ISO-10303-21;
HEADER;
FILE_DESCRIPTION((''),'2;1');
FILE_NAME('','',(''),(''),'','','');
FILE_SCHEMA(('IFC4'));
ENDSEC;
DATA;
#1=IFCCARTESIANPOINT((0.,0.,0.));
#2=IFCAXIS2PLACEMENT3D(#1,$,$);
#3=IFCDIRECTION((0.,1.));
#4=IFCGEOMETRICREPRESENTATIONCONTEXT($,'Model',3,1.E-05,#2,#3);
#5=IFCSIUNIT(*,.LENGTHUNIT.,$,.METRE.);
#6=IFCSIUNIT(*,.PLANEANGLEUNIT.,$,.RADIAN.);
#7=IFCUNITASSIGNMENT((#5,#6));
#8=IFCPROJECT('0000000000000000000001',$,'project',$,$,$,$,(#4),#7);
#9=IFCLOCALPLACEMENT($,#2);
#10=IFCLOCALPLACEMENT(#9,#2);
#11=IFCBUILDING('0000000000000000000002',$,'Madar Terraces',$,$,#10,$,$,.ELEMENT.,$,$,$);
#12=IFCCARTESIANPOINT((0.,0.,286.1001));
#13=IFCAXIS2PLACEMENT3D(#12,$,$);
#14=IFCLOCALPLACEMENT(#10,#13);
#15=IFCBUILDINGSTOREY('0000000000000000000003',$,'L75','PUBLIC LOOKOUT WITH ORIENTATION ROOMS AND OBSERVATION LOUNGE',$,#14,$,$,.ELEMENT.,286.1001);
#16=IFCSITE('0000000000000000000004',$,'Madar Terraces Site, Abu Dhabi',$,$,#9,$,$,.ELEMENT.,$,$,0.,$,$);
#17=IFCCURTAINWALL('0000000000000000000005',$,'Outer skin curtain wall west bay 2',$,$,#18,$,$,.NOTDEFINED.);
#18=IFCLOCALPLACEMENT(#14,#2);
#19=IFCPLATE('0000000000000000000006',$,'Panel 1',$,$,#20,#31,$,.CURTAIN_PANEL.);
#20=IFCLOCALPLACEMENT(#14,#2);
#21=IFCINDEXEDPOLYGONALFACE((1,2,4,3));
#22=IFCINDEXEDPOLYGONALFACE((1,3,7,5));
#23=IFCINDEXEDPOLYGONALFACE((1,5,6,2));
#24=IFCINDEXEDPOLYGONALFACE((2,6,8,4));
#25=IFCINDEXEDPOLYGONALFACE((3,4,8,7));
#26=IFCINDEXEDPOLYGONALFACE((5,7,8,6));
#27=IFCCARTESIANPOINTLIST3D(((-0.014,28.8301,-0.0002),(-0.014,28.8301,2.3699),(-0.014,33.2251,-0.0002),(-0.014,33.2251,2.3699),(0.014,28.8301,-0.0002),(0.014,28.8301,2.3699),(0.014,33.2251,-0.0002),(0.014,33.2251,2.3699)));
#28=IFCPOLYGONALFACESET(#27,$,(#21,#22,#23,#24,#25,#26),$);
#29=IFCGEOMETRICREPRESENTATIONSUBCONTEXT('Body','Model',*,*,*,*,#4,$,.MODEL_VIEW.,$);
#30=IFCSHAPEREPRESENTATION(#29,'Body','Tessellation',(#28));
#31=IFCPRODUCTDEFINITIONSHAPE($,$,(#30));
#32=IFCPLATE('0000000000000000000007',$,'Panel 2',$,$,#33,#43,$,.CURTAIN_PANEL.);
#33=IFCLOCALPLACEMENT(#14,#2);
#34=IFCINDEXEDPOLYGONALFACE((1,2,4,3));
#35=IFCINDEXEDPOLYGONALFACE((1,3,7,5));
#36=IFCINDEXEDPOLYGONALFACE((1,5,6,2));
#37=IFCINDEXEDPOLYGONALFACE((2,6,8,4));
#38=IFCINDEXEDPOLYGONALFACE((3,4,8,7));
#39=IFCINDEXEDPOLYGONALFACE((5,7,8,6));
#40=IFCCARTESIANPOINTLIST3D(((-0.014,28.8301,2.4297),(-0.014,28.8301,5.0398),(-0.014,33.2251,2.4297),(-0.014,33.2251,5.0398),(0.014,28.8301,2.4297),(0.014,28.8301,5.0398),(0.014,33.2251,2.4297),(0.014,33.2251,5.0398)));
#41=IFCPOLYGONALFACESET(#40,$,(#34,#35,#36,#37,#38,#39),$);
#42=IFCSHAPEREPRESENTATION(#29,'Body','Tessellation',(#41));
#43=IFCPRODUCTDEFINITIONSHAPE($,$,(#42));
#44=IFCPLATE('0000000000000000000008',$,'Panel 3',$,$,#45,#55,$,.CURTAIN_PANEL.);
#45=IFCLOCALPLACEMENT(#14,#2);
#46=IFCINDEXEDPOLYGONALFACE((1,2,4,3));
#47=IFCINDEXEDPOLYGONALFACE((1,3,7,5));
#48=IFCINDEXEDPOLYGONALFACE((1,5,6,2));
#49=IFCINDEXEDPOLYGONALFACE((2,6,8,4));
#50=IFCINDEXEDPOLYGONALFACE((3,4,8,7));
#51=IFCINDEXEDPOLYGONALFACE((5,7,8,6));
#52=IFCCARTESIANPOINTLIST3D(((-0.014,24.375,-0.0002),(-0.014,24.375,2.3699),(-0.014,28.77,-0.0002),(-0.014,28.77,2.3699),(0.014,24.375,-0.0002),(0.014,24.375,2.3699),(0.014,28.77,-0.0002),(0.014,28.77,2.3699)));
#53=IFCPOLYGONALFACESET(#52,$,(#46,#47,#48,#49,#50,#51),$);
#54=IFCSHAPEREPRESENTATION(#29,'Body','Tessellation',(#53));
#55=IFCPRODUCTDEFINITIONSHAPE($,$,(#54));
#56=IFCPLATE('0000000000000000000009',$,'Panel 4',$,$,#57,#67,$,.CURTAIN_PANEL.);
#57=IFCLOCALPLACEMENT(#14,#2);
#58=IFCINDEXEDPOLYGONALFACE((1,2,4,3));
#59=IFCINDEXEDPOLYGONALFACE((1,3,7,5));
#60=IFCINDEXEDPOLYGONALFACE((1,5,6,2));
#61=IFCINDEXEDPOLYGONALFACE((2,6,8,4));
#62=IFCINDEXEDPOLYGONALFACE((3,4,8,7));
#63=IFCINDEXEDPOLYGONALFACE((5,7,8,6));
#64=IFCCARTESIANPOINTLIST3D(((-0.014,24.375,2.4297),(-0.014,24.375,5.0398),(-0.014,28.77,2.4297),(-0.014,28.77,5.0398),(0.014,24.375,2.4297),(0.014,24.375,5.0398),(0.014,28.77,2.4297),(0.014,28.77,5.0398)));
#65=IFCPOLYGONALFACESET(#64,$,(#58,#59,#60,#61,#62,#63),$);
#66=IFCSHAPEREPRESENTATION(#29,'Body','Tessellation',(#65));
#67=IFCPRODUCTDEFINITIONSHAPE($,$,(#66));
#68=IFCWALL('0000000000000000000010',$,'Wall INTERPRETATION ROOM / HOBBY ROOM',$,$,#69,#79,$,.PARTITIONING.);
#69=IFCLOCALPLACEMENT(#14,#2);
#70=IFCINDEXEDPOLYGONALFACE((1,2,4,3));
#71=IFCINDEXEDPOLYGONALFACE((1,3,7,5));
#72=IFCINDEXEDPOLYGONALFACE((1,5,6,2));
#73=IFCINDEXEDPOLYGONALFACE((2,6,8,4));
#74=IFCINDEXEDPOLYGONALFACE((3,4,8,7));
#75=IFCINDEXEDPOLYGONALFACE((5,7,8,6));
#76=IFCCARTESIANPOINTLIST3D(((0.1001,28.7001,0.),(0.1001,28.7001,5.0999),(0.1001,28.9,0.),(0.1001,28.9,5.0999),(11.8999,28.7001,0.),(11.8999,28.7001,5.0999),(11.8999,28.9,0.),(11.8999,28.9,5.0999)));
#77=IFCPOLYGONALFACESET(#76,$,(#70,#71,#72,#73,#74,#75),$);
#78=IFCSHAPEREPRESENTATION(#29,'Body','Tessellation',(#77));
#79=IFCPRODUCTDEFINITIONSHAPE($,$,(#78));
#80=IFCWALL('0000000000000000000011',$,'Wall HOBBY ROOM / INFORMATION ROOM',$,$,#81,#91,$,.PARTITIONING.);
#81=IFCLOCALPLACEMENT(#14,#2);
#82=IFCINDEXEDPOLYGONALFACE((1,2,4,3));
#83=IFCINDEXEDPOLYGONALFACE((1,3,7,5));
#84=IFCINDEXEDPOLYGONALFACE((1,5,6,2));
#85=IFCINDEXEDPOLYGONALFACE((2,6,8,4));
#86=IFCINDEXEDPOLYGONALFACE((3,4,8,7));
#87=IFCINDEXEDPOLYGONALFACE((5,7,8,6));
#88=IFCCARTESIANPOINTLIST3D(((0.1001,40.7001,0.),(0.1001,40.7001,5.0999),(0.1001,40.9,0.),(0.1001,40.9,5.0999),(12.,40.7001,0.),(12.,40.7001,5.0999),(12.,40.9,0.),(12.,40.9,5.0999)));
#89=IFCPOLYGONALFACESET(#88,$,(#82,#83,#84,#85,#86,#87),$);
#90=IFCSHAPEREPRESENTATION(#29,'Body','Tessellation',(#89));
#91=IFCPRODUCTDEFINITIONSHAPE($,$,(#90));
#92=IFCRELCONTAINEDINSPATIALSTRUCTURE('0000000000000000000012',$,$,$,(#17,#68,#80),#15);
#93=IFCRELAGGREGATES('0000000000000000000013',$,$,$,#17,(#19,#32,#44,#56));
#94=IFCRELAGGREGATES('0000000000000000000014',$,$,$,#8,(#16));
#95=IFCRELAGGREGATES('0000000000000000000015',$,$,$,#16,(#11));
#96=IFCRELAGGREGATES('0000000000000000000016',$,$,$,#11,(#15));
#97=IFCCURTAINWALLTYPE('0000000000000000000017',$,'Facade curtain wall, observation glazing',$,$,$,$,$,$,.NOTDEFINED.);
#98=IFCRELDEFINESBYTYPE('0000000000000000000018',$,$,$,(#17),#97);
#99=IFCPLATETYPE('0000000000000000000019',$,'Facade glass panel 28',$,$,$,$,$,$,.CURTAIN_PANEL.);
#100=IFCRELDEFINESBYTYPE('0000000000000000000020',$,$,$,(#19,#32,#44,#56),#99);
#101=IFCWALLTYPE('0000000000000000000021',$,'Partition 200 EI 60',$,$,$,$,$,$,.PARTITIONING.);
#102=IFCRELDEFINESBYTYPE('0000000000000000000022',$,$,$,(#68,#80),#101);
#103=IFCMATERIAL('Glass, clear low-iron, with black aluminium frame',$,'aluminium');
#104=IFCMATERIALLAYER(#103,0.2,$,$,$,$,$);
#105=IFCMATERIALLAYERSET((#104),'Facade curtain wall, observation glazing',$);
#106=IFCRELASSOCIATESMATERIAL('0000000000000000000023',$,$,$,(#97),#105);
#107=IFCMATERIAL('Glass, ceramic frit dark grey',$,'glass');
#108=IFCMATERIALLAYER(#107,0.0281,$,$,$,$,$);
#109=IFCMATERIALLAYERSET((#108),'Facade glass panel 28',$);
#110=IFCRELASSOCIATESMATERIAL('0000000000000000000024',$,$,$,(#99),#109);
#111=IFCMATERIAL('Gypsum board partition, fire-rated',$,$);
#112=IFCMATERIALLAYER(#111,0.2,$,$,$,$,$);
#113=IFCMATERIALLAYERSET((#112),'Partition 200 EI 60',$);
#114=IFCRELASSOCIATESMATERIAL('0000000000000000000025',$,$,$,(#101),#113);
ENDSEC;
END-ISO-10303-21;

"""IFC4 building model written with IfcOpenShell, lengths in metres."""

from ifc_helpers import new_model, si_unit, direction, frame, frame_2d, origin, origin_2d, place, context, subcontext, project, spatial, rectangle, extrude, material, layer, layer_set, type_object, element, aggregate, save


model = new_model("IFC4")

# Units and contexts
model_context = context("Model", 3, precision=1e-05, world=origin(), true_north=direction((0.0, 1.0)))
body_context = subcontext(model_context, "Body", "Model", "MODEL_VIEW")
ifc_project = project(units=[si_unit("LENGTHUNIT", "METRE"), si_unit("PLANEANGLEUNIT", "RADIAN")], contexts=[model_context])

# Site, building, storey
site_placement = place(None, origin())
site = spatial("IfcSite", under=ifc_project, at=site_placement, Name="Madar Terraces Site, Abu Dhabi", CompositionType="ELEMENT", RefElevation=0.0)
building_placement = place(site_placement, origin())
building = spatial("IfcBuilding", under=site, at=building_placement, Name="Madar Terraces", CompositionType="ELEMENT")
storey_placement = place(building_placement, frame((0.0, 0.0, 286.1001)))
storey = spatial("IfcBuildingStorey", under=building, at=storey_placement, Name="L75", Description="PUBLIC LOOKOUT WITH ORIENTATION ROOMS AND OBSERVATION LOUNGE", CompositionType="ELEMENT", Elevation=286.1001)

# Curtain wall
ifc_material_1 = material(Name="Glass, clear low-iron, with black aluminium frame", Category="aluminium")
ifc_layer_1 = layer(ifc_material_1, 0.2)
ifc_layer_set_1 = layer_set([ifc_layer_1], Name="Facade curtain wall, observation glazing")
curtain_wall_type = type_object("IfcCurtainWallType", Name="Facade curtain wall, observation glazing", PredefinedType="NOTDEFINED", material=ifc_layer_set_1)
curtain_wall_1_placement = place(storey_placement, origin())
curtain_wall_1 = element("IfcCurtainWall", 1, at=curtain_wall_1_placement, inside=storey, type_object=curtain_wall_type, Name="Outer skin curtain wall west bay 2", PredefinedType="NOTDEFINED")

# Plates
ifc_material_2 = material(Name="Glass, ceramic frit dark grey", Category="glass")
ifc_layer_2 = layer(ifc_material_2, 0.0281)
ifc_layer_set_2 = layer_set([ifc_layer_2], Name="Facade glass panel 28")
plate_type = type_object("IfcPlateType", Name="Facade glass panel 28", PredefinedType="CURTAIN_PANEL", material=ifc_layer_set_2)
plate_1_placement = place(storey_placement, frame((0.0, 31.0276, -0.0002), z_axis=(0.0, 0.0, 1.0), x_axis=(0.0, -1.0, 0.0)))
plate_1 = element("IfcPlate", 2, at=plate_1_placement, type_object=plate_type, Name="Panel 1", PredefinedType="CURTAIN_PANEL", context=body_context, shape_type="SweptSolid", body=[
    extrude(rectangle(XDim=4.395, YDim=0.0281, at=origin_2d()), origin(), (0.0, 0.0, 1.0), 2.3701),
])
plate_2_placement = place(storey_placement, frame((0.0, 31.0276, 2.4297), z_axis=(0.0, 0.0, 1.0), x_axis=(0.0, -1.0, 0.0)))
plate_2 = element("IfcPlate", 3, at=plate_2_placement, type_object=plate_type, Name="Panel 2", PredefinedType="CURTAIN_PANEL", context=body_context, shape_type="SweptSolid", body=[
    extrude(rectangle(XDim=4.395, YDim=0.0281, at=origin_2d()), origin(), (0.0, 0.0, 1.0), 2.6101),
])
plate_3_placement = place(storey_placement, frame((0.0, 26.5725, -0.0002), z_axis=(0.0, 0.0, 1.0), x_axis=(0.0, -1.0, 0.0)))
plate_3 = element("IfcPlate", 4, at=plate_3_placement, type_object=plate_type, Name="Panel 3", PredefinedType="CURTAIN_PANEL", context=body_context, shape_type="SweptSolid", body=[
    extrude(rectangle(XDim=4.395, YDim=0.0281, at=origin_2d()), origin(), (0.0, 0.0, 1.0), 2.3701),
])
plate_4_placement = place(storey_placement, frame((0.0, 26.5725, 2.4297), z_axis=(0.0, 0.0, 1.0), x_axis=(0.0, -1.0, 0.0)))
plate_4 = element("IfcPlate", 5, at=plate_4_placement, type_object=plate_type, Name="Panel 4", PredefinedType="CURTAIN_PANEL", context=body_context, shape_type="SweptSolid", body=[
    extrude(rectangle(XDim=4.395, YDim=0.0281, at=origin_2d()), origin(), (0.0, 0.0, 1.0), 2.6101),
])
aggregate(curtain_wall_1, [plate_1, plate_2, plate_3, plate_4])

# Walls
ifc_material_3 = material(Name="Gypsum board partition, fire-rated")
ifc_layer_3 = layer(ifc_material_3, 0.2)
ifc_layer_set_3 = layer_set([ifc_layer_3], Name="Partition 200 EI 60")
wall_type = type_object("IfcWallType", Name="Partition 200 EI 60", PredefinedType="PARTITIONING", material=ifc_layer_set_3)
wall_1_placement = place(storey_placement, frame((0.1001, 28.8, 0.0), z_axis=(0.0, 0.0, 1.0), x_axis=(1.0, 0.0, 0.0)))
element("IfcWall", 6, at=wall_1_placement, inside=storey, type_object=wall_type, Name="Wall INTERPRETATION ROOM / HOBBY ROOM", PredefinedType="PARTITIONING", context=body_context, shape_type="SweptSolid", body=[
    extrude(rectangle(XDim=11.7998, YDim=0.2, at=frame_2d((5.8999, 0.0))), origin(), (0.0, 0.0, 1.0), 5.0999),
])
wall_2_placement = place(storey_placement, frame((0.1001, 40.8, 0.0), z_axis=(0.0, 0.0, 1.0), x_axis=(1.0, 0.0, 0.0)))
element("IfcWall", 7, at=wall_2_placement, inside=storey, type_object=wall_type, Name="Wall HOBBY ROOM / INFORMATION ROOM", PredefinedType="PARTITIONING", context=body_context, shape_type="SweptSolid", body=[
    extrude(rectangle(XDim=11.8999, YDim=0.2, at=frame_2d((5.95, 0.0))), origin(), (0.0, 0.0, 1.0), 5.0999),
])

save(model, "model.ifc")
